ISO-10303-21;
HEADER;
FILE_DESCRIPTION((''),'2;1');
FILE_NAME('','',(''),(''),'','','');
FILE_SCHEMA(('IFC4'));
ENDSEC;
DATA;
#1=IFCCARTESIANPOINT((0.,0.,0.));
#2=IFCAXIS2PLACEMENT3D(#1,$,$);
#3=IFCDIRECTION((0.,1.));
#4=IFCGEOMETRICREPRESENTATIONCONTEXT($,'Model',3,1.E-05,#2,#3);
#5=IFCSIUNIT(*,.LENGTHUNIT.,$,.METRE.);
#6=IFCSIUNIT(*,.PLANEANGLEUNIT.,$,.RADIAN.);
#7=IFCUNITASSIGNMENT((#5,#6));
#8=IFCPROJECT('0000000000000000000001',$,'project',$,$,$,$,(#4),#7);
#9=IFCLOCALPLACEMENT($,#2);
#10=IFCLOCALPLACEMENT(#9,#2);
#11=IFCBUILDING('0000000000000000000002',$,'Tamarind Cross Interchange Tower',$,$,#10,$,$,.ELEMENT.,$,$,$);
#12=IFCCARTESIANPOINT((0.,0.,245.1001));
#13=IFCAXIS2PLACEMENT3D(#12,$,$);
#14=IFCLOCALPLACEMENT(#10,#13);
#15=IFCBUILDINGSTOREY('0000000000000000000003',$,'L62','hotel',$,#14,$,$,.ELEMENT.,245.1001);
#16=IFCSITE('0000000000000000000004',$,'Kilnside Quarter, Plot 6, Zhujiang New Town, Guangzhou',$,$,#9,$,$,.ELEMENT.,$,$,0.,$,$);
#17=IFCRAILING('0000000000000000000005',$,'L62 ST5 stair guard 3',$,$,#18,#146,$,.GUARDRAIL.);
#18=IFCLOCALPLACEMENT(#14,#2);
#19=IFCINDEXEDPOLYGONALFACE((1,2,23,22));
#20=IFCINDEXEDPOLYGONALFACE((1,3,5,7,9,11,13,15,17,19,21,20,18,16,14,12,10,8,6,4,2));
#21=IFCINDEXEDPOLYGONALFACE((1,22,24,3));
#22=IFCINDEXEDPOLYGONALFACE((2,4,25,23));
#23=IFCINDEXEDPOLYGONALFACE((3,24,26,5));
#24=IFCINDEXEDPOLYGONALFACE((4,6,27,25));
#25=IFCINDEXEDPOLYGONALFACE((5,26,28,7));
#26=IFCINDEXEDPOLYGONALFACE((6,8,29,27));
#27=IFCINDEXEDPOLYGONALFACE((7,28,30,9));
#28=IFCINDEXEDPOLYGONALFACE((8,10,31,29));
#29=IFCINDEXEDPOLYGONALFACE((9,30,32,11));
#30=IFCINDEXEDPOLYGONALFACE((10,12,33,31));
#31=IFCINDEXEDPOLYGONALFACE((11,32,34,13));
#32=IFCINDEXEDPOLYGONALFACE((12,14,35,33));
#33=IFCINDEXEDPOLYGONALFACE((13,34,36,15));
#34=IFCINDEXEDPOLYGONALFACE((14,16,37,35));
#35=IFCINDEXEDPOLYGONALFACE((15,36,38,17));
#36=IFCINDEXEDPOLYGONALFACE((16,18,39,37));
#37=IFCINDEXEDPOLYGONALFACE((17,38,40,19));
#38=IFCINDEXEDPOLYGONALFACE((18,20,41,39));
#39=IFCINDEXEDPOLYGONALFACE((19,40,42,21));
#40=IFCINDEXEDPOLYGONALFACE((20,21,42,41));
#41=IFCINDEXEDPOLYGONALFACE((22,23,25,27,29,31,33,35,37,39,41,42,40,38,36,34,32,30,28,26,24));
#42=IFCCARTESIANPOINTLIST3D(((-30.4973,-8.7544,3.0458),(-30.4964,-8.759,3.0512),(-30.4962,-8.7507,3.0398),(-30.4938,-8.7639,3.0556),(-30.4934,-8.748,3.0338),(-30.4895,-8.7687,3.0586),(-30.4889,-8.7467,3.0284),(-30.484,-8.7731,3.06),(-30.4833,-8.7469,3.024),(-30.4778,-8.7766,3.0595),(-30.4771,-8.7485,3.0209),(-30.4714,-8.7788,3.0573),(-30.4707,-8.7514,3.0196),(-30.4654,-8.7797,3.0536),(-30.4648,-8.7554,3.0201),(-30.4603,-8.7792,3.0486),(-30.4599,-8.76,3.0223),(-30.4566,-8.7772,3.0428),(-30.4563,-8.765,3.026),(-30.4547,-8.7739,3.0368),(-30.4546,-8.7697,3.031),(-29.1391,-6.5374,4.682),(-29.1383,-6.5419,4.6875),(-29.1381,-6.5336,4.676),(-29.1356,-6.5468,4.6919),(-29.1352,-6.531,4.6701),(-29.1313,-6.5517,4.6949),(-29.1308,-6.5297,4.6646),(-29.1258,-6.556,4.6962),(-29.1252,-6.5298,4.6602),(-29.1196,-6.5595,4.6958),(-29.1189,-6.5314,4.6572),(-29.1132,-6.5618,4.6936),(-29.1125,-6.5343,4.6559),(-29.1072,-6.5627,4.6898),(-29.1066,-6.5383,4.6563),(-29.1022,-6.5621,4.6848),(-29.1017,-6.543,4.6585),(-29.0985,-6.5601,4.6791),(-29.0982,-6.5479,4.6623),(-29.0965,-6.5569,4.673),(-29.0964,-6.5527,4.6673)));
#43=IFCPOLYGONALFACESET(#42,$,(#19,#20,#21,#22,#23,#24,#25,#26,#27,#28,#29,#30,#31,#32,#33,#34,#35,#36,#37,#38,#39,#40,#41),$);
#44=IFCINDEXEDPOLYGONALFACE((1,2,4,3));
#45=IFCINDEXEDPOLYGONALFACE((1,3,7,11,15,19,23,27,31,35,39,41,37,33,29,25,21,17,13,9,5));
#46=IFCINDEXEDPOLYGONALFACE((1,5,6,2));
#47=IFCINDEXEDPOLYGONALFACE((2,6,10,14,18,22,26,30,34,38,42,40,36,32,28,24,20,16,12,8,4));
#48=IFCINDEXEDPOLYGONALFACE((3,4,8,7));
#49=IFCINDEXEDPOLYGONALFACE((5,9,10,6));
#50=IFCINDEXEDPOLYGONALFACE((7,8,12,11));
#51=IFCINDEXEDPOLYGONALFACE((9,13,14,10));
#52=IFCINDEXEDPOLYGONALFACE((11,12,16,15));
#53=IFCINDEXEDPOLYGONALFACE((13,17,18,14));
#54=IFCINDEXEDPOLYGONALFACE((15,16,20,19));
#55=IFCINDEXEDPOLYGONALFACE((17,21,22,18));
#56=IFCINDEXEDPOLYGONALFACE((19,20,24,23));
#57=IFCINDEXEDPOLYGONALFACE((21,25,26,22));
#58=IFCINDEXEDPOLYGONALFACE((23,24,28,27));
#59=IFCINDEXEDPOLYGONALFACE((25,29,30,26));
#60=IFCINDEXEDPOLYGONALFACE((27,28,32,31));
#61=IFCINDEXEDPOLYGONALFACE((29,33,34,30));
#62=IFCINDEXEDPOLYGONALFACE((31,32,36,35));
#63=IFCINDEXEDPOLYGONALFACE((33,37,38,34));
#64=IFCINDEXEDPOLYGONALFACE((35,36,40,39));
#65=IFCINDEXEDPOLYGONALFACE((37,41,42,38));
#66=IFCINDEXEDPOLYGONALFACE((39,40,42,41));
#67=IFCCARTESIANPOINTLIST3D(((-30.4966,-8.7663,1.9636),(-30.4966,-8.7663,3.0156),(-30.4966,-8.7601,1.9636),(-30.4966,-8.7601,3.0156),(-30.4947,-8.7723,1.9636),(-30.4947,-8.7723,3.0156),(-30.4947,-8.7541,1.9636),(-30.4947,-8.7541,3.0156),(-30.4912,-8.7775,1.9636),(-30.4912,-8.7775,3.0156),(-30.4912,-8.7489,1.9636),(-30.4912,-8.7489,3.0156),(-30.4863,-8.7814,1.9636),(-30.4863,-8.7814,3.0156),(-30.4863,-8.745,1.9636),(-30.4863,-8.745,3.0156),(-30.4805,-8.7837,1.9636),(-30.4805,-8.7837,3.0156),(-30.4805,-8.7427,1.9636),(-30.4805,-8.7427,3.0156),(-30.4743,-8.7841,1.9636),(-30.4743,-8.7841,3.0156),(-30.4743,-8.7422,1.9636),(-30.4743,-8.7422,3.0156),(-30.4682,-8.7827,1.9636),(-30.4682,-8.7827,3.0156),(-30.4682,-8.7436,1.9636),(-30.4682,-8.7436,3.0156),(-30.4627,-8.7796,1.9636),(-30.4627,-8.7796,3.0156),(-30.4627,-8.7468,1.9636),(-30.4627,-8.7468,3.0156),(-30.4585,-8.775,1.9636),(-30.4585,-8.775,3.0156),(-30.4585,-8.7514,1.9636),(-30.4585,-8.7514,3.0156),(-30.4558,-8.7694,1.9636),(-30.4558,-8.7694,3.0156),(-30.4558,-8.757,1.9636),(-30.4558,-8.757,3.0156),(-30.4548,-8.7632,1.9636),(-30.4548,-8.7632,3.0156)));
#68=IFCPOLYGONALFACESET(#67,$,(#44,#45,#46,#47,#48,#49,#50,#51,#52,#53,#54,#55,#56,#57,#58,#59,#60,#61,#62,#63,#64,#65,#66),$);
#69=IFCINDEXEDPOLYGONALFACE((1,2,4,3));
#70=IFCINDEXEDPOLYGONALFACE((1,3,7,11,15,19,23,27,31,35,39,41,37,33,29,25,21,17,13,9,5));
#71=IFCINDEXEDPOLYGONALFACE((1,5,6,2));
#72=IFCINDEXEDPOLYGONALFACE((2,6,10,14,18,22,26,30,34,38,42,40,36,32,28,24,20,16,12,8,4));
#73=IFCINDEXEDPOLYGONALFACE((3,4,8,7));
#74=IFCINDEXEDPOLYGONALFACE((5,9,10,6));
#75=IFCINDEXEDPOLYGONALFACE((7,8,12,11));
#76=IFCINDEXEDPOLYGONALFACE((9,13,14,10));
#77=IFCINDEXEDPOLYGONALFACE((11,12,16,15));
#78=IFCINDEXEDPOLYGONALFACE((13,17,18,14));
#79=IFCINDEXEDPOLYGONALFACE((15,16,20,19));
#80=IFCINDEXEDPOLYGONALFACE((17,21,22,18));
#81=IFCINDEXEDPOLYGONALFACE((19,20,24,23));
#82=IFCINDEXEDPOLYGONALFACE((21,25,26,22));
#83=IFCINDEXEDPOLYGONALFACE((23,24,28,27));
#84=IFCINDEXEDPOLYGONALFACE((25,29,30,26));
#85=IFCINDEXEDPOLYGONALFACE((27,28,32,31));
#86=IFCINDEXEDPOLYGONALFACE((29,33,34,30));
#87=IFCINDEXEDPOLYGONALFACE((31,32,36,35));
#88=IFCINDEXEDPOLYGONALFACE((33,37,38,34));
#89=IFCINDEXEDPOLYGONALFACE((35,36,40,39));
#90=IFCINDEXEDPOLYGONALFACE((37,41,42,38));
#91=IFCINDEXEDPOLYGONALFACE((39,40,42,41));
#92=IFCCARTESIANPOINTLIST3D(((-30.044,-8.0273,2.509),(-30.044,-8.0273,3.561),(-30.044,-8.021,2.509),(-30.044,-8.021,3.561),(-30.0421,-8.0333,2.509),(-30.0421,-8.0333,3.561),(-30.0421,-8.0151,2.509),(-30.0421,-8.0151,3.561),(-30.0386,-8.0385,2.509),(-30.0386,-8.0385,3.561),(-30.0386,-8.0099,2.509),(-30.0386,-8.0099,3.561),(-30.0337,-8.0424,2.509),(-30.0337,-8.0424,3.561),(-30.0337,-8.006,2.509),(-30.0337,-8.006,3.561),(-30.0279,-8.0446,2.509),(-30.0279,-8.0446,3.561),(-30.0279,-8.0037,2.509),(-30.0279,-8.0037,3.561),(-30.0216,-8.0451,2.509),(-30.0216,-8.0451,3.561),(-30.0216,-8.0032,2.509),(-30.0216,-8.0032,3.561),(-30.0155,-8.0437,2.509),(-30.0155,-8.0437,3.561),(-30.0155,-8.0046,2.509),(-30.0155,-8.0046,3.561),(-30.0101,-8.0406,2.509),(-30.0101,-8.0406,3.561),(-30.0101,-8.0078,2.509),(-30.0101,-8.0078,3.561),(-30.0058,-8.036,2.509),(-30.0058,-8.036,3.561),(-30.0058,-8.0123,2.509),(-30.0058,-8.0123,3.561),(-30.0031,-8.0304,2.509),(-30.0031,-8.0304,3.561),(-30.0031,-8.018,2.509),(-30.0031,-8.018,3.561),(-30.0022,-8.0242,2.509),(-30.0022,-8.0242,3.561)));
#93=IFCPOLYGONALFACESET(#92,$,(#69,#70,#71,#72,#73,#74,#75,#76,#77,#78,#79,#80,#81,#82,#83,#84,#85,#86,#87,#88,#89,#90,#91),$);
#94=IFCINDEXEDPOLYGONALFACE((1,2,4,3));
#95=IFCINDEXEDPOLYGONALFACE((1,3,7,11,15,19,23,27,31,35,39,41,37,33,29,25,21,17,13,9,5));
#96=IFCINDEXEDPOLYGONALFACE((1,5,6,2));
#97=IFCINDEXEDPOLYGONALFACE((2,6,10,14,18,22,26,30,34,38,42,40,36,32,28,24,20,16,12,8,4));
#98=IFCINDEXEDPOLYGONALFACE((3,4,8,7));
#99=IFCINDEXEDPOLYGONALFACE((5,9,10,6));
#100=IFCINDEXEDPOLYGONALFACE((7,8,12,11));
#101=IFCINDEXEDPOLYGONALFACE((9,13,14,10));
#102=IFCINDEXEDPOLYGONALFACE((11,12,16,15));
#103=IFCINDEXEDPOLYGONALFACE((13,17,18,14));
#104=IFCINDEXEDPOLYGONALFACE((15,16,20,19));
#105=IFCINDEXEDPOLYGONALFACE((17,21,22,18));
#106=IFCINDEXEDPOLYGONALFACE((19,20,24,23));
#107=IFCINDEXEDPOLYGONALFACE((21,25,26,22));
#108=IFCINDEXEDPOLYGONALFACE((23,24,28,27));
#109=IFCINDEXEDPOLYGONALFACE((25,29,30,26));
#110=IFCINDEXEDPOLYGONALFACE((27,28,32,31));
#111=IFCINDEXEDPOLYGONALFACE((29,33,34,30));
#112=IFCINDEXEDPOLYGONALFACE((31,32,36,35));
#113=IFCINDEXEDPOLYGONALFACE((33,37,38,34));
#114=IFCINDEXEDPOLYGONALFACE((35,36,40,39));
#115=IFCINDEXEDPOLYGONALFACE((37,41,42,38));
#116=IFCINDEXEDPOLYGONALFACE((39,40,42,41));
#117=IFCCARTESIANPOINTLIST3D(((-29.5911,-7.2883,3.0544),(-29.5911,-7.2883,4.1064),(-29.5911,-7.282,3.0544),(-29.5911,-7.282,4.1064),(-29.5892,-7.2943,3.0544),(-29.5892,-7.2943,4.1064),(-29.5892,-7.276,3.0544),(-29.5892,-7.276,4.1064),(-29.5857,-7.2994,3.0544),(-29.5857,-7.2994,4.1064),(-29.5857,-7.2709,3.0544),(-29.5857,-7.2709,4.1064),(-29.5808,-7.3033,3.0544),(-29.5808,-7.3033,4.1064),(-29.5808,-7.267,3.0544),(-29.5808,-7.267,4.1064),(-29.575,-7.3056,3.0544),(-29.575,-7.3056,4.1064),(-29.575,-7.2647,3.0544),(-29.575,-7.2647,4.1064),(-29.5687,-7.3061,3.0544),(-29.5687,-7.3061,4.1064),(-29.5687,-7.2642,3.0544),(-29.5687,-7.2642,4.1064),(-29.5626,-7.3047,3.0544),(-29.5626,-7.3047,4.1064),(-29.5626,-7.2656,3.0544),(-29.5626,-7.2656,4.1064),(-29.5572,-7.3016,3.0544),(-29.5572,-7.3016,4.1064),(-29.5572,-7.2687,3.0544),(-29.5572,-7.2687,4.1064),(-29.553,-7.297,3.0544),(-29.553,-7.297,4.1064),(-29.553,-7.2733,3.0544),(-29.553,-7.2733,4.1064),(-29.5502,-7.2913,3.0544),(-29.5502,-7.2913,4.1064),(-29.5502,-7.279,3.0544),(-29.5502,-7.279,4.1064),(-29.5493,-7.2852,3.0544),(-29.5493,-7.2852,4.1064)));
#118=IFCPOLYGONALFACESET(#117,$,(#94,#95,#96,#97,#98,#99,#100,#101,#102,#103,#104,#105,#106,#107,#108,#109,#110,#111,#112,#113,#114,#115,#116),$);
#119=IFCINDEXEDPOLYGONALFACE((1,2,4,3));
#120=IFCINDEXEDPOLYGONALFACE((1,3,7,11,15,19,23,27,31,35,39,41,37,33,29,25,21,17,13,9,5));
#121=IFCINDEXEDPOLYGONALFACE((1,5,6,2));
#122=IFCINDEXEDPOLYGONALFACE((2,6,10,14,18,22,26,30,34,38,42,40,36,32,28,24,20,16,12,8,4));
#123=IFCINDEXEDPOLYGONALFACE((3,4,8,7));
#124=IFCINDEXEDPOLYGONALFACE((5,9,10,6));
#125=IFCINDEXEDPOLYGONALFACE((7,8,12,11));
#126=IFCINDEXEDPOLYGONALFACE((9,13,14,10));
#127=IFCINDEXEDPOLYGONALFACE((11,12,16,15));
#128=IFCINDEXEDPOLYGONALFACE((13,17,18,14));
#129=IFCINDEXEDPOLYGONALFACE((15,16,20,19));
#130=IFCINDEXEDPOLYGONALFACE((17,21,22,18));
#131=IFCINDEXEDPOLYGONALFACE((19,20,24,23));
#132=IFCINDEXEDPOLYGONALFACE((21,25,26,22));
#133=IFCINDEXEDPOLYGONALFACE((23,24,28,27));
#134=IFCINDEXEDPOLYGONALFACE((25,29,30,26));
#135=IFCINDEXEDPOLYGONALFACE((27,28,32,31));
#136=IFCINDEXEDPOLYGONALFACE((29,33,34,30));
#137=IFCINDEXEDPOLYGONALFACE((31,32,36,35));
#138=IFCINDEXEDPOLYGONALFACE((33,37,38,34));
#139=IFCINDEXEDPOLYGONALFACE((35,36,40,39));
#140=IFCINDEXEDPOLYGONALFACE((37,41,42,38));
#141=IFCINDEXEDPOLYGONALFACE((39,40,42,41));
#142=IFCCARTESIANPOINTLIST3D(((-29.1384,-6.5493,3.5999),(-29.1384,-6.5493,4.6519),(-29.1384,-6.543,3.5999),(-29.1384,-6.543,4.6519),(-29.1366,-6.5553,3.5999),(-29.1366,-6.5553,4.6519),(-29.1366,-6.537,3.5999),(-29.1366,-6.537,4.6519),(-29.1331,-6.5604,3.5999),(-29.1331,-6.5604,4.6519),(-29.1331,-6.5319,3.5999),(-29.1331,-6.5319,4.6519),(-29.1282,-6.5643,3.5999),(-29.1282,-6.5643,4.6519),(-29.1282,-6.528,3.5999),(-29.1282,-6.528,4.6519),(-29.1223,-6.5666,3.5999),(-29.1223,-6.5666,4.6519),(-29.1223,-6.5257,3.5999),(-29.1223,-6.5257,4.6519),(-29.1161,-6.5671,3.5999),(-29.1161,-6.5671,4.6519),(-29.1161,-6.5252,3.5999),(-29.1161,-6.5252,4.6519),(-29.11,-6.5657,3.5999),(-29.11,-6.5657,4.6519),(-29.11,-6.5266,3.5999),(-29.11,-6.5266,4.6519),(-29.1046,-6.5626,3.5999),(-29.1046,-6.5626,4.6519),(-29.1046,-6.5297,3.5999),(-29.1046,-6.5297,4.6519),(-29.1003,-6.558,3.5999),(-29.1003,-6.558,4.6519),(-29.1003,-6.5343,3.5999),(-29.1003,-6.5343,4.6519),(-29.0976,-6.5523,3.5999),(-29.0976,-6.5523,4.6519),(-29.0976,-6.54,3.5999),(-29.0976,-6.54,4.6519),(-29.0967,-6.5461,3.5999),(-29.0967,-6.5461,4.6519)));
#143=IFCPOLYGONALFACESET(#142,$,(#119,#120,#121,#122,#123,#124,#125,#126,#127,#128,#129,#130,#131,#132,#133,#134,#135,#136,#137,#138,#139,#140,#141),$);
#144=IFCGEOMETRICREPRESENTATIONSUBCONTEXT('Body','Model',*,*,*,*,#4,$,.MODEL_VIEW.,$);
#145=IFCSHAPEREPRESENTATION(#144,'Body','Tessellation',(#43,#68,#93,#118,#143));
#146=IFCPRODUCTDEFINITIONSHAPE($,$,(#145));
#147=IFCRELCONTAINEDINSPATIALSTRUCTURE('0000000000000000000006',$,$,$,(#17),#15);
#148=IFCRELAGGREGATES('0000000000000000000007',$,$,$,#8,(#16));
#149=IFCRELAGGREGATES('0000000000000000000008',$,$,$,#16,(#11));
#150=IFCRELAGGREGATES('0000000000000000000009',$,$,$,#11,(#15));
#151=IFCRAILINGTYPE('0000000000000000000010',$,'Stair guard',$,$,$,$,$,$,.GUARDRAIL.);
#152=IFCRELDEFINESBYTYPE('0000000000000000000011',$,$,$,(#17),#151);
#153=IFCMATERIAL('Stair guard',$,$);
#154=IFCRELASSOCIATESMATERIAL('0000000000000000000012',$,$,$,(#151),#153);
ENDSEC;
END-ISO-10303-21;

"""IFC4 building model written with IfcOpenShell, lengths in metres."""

from ifc_helpers import new_model, si_unit, direction, frame, origin, origin_2d, place, context, subcontext, project, spatial, circle, extrude, material, type_object, element, save


model = new_model("IFC4")

# Units and contexts
model_context = context("Model", 3, precision=1e-05, world=origin(), true_north=direction((0.0, 1.0)))
body_context = subcontext(model_context, "Body", "Model", "MODEL_VIEW")
ifc_project = project(units=[si_unit("LENGTHUNIT", "METRE"), si_unit("PLANEANGLEUNIT", "RADIAN")], contexts=[model_context])

# Site, building, storey
site_placement = place(None, origin())
site = spatial("IfcSite", under=ifc_project, at=site_placement, Name="Kilnside Quarter, Plot 6, Zhujiang New Town, Guangzhou", CompositionType="ELEMENT", RefElevation=0.0)
building_placement = place(site_placement, origin())
building = spatial("IfcBuilding", under=site, at=building_placement, Name="Tamarind Cross Interchange Tower", CompositionType="ELEMENT")
storey_placement = place(building_placement, frame((0.0, 0.0, 245.1001)))
storey = spatial("IfcBuildingStorey", under=building, at=storey_placement, Name="L62", Description="hotel", CompositionType="ELEMENT", Elevation=245.1001)

# Railing
ifc_material_1 = material(Name="Stair guard")
railing_type_1 = type_object("IfcRailingType", Name="Stair guard", PredefinedType="GUARDRAIL", material=ifc_material_1)
railing_1_placement = place(storey_placement, frame((-30.4758, -8.7632, 1.9636)))
element("IfcRailing", 1, at=railing_1_placement, inside=storey, type_object=railing_type_1, Name="L62 ST5 stair guard 3", PredefinedType="GUARDRAIL", context=body_context, shape_type="SweptSolid", body=[
    extrude(circle(Radius=0.0239, at=origin_2d()), frame((0.0, 0.0, 1.0762), z_axis=(0.442109, 0.721696, 0.532629), x_axis=(-0.852717, 0.522373, 0.0)), (0.0, 0.0, 1.0), 3.072),
    extrude(circle(Radius=0.021, at=origin_2d()), origin(), (0.0, 0.0, 1.0), 1.052),
    extrude(circle(Radius=0.021, at=origin_2d()), frame((0.4526, 0.739, 0.5454)), (0.0, 0.0, 1.0), 1.052),
    extrude(circle(Radius=0.021, at=origin_2d()), frame((0.9055, 1.478, 1.0908)), (0.0, 0.0, 1.0), 1.052),
    extrude(circle(Radius=0.021, at=origin_2d()), frame((1.3582, 2.217, 1.6362)), (0.0, 0.0, 1.0), 1.052),
])

save(model, "model.ifc")
